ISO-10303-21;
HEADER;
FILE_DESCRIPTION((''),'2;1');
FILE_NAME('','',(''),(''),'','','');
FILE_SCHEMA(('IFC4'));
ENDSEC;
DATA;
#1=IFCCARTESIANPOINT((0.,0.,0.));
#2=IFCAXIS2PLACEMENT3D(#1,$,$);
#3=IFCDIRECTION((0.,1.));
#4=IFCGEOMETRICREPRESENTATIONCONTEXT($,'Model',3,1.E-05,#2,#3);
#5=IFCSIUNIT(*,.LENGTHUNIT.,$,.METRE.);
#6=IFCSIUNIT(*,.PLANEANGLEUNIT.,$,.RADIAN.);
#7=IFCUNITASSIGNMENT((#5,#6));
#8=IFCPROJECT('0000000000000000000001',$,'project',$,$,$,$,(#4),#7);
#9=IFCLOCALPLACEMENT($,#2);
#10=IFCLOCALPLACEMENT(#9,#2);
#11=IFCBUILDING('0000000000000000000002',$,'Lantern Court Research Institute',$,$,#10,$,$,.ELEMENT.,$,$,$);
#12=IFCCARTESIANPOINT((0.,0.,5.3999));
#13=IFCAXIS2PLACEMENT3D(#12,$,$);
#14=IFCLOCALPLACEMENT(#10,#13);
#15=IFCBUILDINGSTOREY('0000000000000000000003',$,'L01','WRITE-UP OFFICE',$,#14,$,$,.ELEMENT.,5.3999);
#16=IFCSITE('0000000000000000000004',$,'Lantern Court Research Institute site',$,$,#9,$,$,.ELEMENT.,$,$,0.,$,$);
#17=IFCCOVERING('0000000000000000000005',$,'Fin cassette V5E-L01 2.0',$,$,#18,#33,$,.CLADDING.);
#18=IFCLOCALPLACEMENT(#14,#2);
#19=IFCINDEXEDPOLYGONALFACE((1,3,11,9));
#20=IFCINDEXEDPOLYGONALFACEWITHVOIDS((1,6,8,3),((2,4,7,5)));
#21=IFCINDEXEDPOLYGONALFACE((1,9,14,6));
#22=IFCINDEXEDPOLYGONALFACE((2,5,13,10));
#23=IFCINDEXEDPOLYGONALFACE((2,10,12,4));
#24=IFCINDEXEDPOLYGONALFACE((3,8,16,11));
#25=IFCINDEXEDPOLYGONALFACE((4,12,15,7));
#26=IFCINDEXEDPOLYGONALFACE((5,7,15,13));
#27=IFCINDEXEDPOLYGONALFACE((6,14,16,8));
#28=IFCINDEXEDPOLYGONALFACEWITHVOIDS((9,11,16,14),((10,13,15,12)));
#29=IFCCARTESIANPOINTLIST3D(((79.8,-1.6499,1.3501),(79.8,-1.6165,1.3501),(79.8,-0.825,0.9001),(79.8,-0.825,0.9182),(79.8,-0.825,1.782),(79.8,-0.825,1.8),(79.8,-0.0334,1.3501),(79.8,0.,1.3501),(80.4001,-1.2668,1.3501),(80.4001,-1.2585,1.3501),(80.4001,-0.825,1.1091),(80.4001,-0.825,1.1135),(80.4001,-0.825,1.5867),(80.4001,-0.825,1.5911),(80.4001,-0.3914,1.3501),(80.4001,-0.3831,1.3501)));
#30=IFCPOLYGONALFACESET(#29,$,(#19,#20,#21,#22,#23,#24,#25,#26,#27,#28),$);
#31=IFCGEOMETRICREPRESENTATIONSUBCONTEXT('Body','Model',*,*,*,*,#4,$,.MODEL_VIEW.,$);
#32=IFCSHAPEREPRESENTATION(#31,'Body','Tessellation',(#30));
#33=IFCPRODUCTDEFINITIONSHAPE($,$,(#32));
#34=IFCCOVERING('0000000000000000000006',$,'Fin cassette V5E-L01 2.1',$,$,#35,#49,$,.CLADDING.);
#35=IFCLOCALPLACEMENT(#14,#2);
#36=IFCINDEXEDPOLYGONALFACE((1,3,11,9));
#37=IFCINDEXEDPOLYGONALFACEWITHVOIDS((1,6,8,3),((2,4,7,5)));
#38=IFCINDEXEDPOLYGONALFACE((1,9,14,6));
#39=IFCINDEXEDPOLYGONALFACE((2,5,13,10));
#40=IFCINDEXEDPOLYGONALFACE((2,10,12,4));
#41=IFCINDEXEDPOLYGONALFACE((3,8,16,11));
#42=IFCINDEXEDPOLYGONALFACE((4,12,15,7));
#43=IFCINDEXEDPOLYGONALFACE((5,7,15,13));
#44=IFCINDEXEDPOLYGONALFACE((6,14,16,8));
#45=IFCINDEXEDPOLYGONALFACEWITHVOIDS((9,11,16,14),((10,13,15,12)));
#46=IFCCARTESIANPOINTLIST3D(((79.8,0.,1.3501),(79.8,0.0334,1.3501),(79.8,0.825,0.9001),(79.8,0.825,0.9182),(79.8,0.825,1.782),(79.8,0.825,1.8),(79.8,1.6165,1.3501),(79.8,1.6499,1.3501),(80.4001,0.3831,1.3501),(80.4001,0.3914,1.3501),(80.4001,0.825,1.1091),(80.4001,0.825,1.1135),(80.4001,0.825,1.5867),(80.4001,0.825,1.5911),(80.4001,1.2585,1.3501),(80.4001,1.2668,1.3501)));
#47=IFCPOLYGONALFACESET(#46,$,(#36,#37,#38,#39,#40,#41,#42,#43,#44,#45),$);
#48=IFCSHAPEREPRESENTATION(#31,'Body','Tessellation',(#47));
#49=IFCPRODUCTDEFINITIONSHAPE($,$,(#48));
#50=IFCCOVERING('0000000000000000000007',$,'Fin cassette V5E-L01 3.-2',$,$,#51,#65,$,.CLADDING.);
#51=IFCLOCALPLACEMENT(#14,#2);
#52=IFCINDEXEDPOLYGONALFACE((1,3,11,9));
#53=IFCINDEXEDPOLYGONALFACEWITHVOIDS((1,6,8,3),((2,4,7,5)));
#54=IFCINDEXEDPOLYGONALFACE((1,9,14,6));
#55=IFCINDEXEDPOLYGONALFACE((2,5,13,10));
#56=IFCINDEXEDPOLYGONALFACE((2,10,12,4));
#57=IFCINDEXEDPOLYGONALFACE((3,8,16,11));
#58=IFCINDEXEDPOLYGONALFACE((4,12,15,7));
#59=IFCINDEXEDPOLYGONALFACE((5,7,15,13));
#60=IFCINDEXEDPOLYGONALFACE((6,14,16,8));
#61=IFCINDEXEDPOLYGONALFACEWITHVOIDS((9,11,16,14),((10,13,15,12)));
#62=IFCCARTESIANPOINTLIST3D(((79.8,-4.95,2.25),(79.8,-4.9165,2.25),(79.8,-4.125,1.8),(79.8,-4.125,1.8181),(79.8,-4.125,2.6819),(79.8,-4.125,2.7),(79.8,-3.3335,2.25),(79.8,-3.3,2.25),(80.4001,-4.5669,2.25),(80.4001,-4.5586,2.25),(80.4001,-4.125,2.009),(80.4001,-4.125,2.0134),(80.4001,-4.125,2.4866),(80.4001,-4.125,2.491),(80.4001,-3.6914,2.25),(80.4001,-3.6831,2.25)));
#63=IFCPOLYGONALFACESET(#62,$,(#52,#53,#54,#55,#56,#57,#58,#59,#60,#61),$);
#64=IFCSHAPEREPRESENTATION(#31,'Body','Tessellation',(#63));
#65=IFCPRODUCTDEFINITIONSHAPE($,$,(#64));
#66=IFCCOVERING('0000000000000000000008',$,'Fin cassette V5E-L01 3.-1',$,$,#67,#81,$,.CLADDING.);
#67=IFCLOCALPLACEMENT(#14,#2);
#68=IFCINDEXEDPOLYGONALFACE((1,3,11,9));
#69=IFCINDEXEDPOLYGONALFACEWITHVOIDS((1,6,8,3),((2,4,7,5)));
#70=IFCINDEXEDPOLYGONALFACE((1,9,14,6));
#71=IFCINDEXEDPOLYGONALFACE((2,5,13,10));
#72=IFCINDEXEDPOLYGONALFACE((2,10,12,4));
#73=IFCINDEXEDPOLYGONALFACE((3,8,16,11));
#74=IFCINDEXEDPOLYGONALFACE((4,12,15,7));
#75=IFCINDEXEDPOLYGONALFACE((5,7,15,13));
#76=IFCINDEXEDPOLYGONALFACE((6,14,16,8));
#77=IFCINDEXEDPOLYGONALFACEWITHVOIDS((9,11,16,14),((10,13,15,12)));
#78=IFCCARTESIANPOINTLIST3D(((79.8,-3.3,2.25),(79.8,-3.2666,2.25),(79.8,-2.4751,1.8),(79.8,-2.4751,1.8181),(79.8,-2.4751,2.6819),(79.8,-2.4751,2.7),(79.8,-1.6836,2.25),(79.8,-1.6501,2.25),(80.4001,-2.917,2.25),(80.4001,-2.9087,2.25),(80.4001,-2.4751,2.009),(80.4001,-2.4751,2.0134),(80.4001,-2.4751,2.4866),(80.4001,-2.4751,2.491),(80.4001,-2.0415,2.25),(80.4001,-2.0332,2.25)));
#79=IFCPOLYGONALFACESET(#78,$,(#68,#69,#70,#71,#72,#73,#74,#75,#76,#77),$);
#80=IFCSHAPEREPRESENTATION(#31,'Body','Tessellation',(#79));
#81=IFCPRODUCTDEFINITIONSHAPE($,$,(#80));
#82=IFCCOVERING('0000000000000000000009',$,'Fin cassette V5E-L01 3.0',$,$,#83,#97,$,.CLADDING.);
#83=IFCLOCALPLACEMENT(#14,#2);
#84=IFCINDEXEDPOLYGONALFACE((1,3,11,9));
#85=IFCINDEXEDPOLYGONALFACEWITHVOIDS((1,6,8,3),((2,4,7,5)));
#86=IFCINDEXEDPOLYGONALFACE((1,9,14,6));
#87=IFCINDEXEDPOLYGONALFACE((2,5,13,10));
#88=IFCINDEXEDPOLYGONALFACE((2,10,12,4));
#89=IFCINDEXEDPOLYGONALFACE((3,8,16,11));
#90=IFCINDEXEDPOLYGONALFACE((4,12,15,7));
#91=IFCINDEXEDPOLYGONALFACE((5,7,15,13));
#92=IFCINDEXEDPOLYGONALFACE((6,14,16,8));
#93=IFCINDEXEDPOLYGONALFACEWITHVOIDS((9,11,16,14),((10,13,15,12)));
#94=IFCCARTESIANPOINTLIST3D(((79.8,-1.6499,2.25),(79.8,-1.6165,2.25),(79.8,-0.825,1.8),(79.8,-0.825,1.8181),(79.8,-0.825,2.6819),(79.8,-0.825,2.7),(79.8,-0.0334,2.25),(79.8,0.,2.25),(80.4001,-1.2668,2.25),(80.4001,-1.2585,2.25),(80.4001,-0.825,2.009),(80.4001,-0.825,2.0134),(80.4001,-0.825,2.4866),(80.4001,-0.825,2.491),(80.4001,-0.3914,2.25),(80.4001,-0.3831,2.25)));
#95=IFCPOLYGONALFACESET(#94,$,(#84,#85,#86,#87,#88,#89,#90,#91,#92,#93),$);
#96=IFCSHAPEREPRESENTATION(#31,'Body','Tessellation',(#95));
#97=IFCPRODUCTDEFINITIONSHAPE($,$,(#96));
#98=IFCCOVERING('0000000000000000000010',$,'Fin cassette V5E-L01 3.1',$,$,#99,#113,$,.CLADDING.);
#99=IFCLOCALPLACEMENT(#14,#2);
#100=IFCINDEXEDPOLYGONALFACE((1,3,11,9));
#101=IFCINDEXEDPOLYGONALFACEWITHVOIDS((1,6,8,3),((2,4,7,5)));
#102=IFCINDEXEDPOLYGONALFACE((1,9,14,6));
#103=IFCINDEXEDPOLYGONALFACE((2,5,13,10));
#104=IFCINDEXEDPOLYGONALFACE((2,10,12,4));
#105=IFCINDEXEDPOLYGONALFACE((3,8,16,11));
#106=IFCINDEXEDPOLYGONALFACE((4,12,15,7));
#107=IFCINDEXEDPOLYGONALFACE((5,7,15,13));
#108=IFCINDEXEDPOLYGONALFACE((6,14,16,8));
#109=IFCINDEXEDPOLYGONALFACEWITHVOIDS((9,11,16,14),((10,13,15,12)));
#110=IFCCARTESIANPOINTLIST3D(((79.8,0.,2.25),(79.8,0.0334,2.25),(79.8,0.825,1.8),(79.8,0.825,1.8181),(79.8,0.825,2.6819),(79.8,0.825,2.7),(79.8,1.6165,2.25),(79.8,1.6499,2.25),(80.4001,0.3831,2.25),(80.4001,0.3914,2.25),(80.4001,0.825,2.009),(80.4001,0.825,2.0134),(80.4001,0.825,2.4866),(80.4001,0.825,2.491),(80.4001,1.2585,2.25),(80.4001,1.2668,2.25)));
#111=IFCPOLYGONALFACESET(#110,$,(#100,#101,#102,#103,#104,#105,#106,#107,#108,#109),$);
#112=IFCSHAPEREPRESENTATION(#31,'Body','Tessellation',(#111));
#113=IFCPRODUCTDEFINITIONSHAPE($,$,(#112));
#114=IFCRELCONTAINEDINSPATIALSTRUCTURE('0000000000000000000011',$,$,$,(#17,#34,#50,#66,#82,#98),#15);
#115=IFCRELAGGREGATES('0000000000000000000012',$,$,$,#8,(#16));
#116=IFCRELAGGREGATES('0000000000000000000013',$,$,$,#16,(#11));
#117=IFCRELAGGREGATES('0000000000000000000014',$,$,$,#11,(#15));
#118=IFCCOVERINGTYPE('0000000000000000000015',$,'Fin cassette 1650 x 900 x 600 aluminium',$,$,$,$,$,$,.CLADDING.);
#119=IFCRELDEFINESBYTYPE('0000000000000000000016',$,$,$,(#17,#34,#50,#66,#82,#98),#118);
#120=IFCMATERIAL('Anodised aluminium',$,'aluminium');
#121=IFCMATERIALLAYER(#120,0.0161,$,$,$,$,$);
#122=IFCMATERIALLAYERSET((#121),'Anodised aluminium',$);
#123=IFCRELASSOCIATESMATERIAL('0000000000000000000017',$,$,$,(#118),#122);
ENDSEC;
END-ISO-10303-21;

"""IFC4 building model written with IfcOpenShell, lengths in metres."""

from ifc_helpers import new_model, entity, si_unit, direction, frame, origin, place, context, subcontext, project, spatial, material, layer, layer_set, type_object, element, save


model = new_model("IFC4")

# Units and contexts
model_context = context("Model", 3, precision=1e-05, world=origin(), true_north=direction((0.0, 1.0)))
body_context = subcontext(model_context, "Body", "Model", "MODEL_VIEW")
ifc_project = project(units=[si_unit("LENGTHUNIT", "METRE"), si_unit("PLANEANGLEUNIT", "RADIAN")], contexts=[model_context])

# Site, building, storey
site_placement = place(None, origin())
site = spatial("IfcSite", under=ifc_project, at=site_placement, Name="Lantern Court Research Institute site", CompositionType="ELEMENT", RefElevation=0.0)
building_placement = place(site_placement, origin())
building = spatial("IfcBuilding", under=site, at=building_placement, Name="Lantern Court Research Institute", CompositionType="ELEMENT")
storey_placement = place(building_placement, frame((0.0, 0.0, 5.3999)))
storey = spatial("IfcBuildingStorey", under=building, at=storey_placement, Name="L01", Description="WRITE-UP OFFICE", CompositionType="ELEMENT", Elevation=5.3999)

# Coverings
ifc_material_1 = material(Name="Anodised aluminium", Category="aluminium")
ifc_layer_1 = layer(ifc_material_1, 0.0161)
ifc_layer_set_1 = layer_set([ifc_layer_1], Name="Anodised aluminium")
covering_type = type_object("IfcCoveringType", Name="Fin cassette 1650 x 900 x 600 aluminium", PredefinedType="CLADDING", material=ifc_layer_set_1)
covering_1_placement = place(storey_placement, frame((79.8, -0.825, 1.3501), z_axis=(1.0, 0.0, 0.0), x_axis=(0.0, 1.0, 0.0)))
cartesian_point_1 = entity("IfcCartesianPoint", [0.825, 0.0])
cartesian_point_2 = entity("IfcCartesianPoint", [0.7915, 0.0])
cartesian_point_3 = entity("IfcCartesianPoint", [0.4419, 0.0])
cartesian_point_4 = entity("IfcCartesianPoint", [0.4336, 0.0])
element("IfcCovering", 1, at=covering_1_placement, inside=storey, type_object=covering_type, Name="Fin cassette V5E-L01 2.0", PredefinedType="CLADDING", context=body_context, shape_type="SweptSolid", body=[
    entity("IfcExtrudedAreaSolidTapered", entity("IfcArbitraryProfileDefWithVoids", "AREA", None, entity("IfcPolyline", [cartesian_point_1, entity("IfcCartesianPoint", [0.0, 0.45]), entity("IfcCartesianPoint", [-0.825, 0.0]), entity("IfcCartesianPoint", [0.0, -0.45]), cartesian_point_1]), [entity("IfcPolyline", [cartesian_point_2, entity("IfcCartesianPoint", [0.0, 0.4319]), entity("IfcCartesianPoint", [-0.7915, 0.0]), entity("IfcCartesianPoint", [0.0, -0.4319]), cartesian_point_2])]), entity("IfcAxis2Placement3D", entity("IfcCartesianPoint", [0.0, 0.0, 0.0])), entity("IfcDirection", [0.0, 0.0, 1.0]), 0.6001, entity("IfcArbitraryProfileDefWithVoids", "AREA", None, entity("IfcPolyline", [cartesian_point_3, entity("IfcCartesianPoint", [0.0, 0.241]), entity("IfcCartesianPoint", [-0.4419, 0.0]), entity("IfcCartesianPoint", [0.0, -0.241]), cartesian_point_3]), [entity("IfcPolyline", [cartesian_point_4, entity("IfcCartesianPoint", [0.0, 0.2366]), entity("IfcCartesianPoint", [-0.4336, 0.0]), entity("IfcCartesianPoint", [0.0, -0.2366]), cartesian_point_4])])),
])
covering_2_placement = place(storey_placement, frame((79.8, 0.825, 1.3501), z_axis=(1.0, 0.0, 0.0), x_axis=(0.0, 1.0, 0.0)))
cartesian_point_5 = entity("IfcCartesianPoint", [0.825, 0.0])
cartesian_point_6 = entity("IfcCartesianPoint", [0.7915, 0.0])
cartesian_point_7 = entity("IfcCartesianPoint", [0.4419, 0.0])
cartesian_point_8 = entity("IfcCartesianPoint", [0.4336, 0.0])
element("IfcCovering", 2, at=covering_2_placement, inside=storey, type_object=covering_type, Name="Fin cassette V5E-L01 2.1", PredefinedType="CLADDING", context=body_context, shape_type="SweptSolid", body=[
    entity("IfcExtrudedAreaSolidTapered", entity("IfcArbitraryProfileDefWithVoids", "AREA", None, entity("IfcPolyline", [cartesian_point_5, entity("IfcCartesianPoint", [0.0, 0.45]), entity("IfcCartesianPoint", [-0.825, 0.0]), entity("IfcCartesianPoint", [0.0, -0.45]), cartesian_point_5]), [entity("IfcPolyline", [cartesian_point_6, entity("IfcCartesianPoint", [0.0, 0.4319]), entity("IfcCartesianPoint", [-0.7915, 0.0]), entity("IfcCartesianPoint", [0.0, -0.4319]), cartesian_point_6])]), entity("IfcAxis2Placement3D", entity("IfcCartesianPoint", [0.0, 0.0, 0.0])), entity("IfcDirection", [0.0, 0.0, 1.0]), 0.6001, entity("IfcArbitraryProfileDefWithVoids", "AREA", None, entity("IfcPolyline", [cartesian_point_7, entity("IfcCartesianPoint", [0.0, 0.241]), entity("IfcCartesianPoint", [-0.4419, 0.0]), entity("IfcCartesianPoint", [0.0, -0.241]), cartesian_point_7]), [entity("IfcPolyline", [cartesian_point_8, entity("IfcCartesianPoint", [0.0, 0.2366]), entity("IfcCartesianPoint", [-0.4336, 0.0]), entity("IfcCartesianPoint", [0.0, -0.2366]), cartesian_point_8])])),
])
covering_3_placement = place(storey_placement, frame((79.8, -4.125, 2.25), z_axis=(1.0, 0.0, 0.0), x_axis=(0.0, 1.0, 0.0)))
cartesian_point_9 = entity("IfcCartesianPoint", [0.825, 0.0])
cartesian_point_10 = entity("IfcCartesianPoint", [0.7915, 0.0])
cartesian_point_11 = entity("IfcCartesianPoint", [0.4419, 0.0])
cartesian_point_12 = entity("IfcCartesianPoint", [0.4336, 0.0])
element("IfcCovering", 3, at=covering_3_placement, inside=storey, type_object=covering_type, Name="Fin cassette V5E-L01 3.-2", PredefinedType="CLADDING", context=body_context, shape_type="SweptSolid", body=[
    entity("IfcExtrudedAreaSolidTapered", entity("IfcArbitraryProfileDefWithVoids", "AREA", None, entity("IfcPolyline", [cartesian_point_9, entity("IfcCartesianPoint", [0.0, 0.45]), entity("IfcCartesianPoint", [-0.825, 0.0]), entity("IfcCartesianPoint", [0.0, -0.45]), cartesian_point_9]), [entity("IfcPolyline", [cartesian_point_10, entity("IfcCartesianPoint", [0.0, 0.4319]), entity("IfcCartesianPoint", [-0.7915, 0.0]), entity("IfcCartesianPoint", [0.0, -0.4319]), cartesian_point_10])]), entity("IfcAxis2Placement3D", entity("IfcCartesianPoint", [0.0, 0.0, 0.0])), entity("IfcDirection", [0.0, 0.0, 1.0]), 0.6001, entity("IfcArbitraryProfileDefWithVoids", "AREA", None, entity("IfcPolyline", [cartesian_point_11, entity("IfcCartesianPoint", [0.0, 0.241]), entity("IfcCartesianPoint", [-0.4419, 0.0]), entity("IfcCartesianPoint", [0.0, -0.241]), cartesian_point_11]), [entity("IfcPolyline", [cartesian_point_12, entity("IfcCartesianPoint", [0.0, 0.2366]), entity("IfcCartesianPoint", [-0.4336, 0.0]), entity("IfcCartesianPoint", [0.0, -0.2366]), cartesian_point_12])])),
])
covering_4_placement = place(storey_placement, frame((79.8, -2.4751, 2.25), z_axis=(1.0, 0.0, 0.0), x_axis=(0.0, 1.0, 0.0)))
cartesian_point_13 = entity("IfcCartesianPoint", [0.825, 0.0])
cartesian_point_14 = entity("IfcCartesianPoint", [0.7915, 0.0])
cartesian_point_15 = entity("IfcCartesianPoint", [0.4419, 0.0])
cartesian_point_16 = entity("IfcCartesianPoint", [0.4336, 0.0])
element("IfcCovering", 4, at=covering_4_placement, inside=storey, type_object=covering_type, Name="Fin cassette V5E-L01 3.-1", PredefinedType="CLADDING", context=body_context, shape_type="SweptSolid", body=[
    entity("IfcExtrudedAreaSolidTapered", entity("IfcArbitraryProfileDefWithVoids", "AREA", None, entity("IfcPolyline", [cartesian_point_13, entity("IfcCartesianPoint", [0.0, 0.45]), entity("IfcCartesianPoint", [-0.825, 0.0]), entity("IfcCartesianPoint", [0.0, -0.45]), cartesian_point_13]), [entity("IfcPolyline", [cartesian_point_14, entity("IfcCartesianPoint", [0.0, 0.4319]), entity("IfcCartesianPoint", [-0.7915, 0.0]), entity("IfcCartesianPoint", [0.0, -0.4319]), cartesian_point_14])]), entity("IfcAxis2Placement3D", entity("IfcCartesianPoint", [0.0, 0.0, 0.0])), entity("IfcDirection", [0.0, 0.0, 1.0]), 0.6001, entity("IfcArbitraryProfileDefWithVoids", "AREA", None, entity("IfcPolyline", [cartesian_point_15, entity("IfcCartesianPoint", [0.0, 0.241]), entity("IfcCartesianPoint", [-0.4419, 0.0]), entity("IfcCartesianPoint", [0.0, -0.241]), cartesian_point_15]), [entity("IfcPolyline", [cartesian_point_16, entity("IfcCartesianPoint", [0.0, 0.2366]), entity("IfcCartesianPoint", [-0.4336, 0.0]), entity("IfcCartesianPoint", [0.0, -0.2366]), cartesian_point_16])])),
])
covering_5_placement = place(storey_placement, frame((79.8, -0.825, 2.25), z_axis=(1.0, 0.0, 0.0), x_axis=(0.0, 1.0, 0.0)))
cartesian_point_17 = entity("IfcCartesianPoint", [0.825, 0.0])
cartesian_point_18 = entity("IfcCartesianPoint", [0.7915, 0.0])
cartesian_point_19 = entity("IfcCartesianPoint", [0.4419, 0.0])
cartesian_point_20 = entity("IfcCartesianPoint", [0.4336, 0.0])
element("IfcCovering", 5, at=covering_5_placement, inside=storey, type_object=covering_type, Name="Fin cassette V5E-L01 3.0", PredefinedType="CLADDING", context=body_context, shape_type="SweptSolid", body=[
    entity("IfcExtrudedAreaSolidTapered", entity("IfcArbitraryProfileDefWithVoids", "AREA", None, entity("IfcPolyline", [cartesian_point_17, entity("IfcCartesianPoint", [0.0, 0.45]), entity("IfcCartesianPoint", [-0.825, 0.0]), entity("IfcCartesianPoint", [0.0, -0.45]), cartesian_point_17]), [entity("IfcPolyline", [cartesian_point_18, entity("IfcCartesianPoint", [0.0, 0.4319]), entity("IfcCartesianPoint", [-0.7915, 0.0]), entity("IfcCartesianPoint", [0.0, -0.4319]), cartesian_point_18])]), entity("IfcAxis2Placement3D", entity("IfcCartesianPoint", [0.0, 0.0, 0.0])), entity("IfcDirection", [0.0, 0.0, 1.0]), 0.6001, entity("IfcArbitraryProfileDefWithVoids", "AREA", None, entity("IfcPolyline", [cartesian_point_19, entity("IfcCartesianPoint", [0.0, 0.241]), entity("IfcCartesianPoint", [-0.4419, 0.0]), entity("IfcCartesianPoint", [0.0, -0.241]), cartesian_point_19]), [entity("IfcPolyline", [cartesian_point_20, entity("IfcCartesianPoint", [0.0, 0.2366]), entity("IfcCartesianPoint", [-0.4336, 0.0]), entity("IfcCartesianPoint", [0.0, -0.2366]), cartesian_point_20])])),
])
covering_6_placement = place(storey_placement, frame((79.8, 0.825, 2.25), z_axis=(1.0, 0.0, 0.0), x_axis=(0.0, 1.0, 0.0)))
cartesian_point_21 = entity("IfcCartesianPoint", [0.825, 0.0])
cartesian_point_22 = entity("IfcCartesianPoint", [0.7915, 0.0])
cartesian_point_23 = entity("IfcCartesianPoint", [0.4419, 0.0])
cartesian_point_24 = entity("IfcCartesianPoint", [0.4336, 0.0])
element("IfcCovering", 6, at=covering_6_placement, inside=storey, type_object=covering_type, Name="Fin cassette V5E-L01 3.1", PredefinedType="CLADDING", context=body_context, shape_type="SweptSolid", body=[
    entity("IfcExtrudedAreaSolidTapered", entity("IfcArbitraryProfileDefWithVoids", "AREA", None, entity("IfcPolyline", [cartesian_point_21, entity("IfcCartesianPoint", [0.0, 0.45]), entity("IfcCartesianPoint", [-0.825, 0.0]), entity("IfcCartesianPoint", [0.0, -0.45]), cartesian_point_21]), [entity("IfcPolyline", [cartesian_point_22, entity("IfcCartesianPoint", [0.0, 0.4319]), entity("IfcCartesianPoint", [-0.7915, 0.0]), entity("IfcCartesianPoint", [0.0, -0.4319]), cartesian_point_22])]), entity("IfcAxis2Placement3D", entity("IfcCartesianPoint", [0.0, 0.0, 0.0])), entity("IfcDirection", [0.0, 0.0, 1.0]), 0.6001, entity("IfcArbitraryProfileDefWithVoids", "AREA", None, entity("IfcPolyline", [cartesian_point_23, entity("IfcCartesianPoint", [0.0, 0.241]), entity("IfcCartesianPoint", [-0.4419, 0.0]), entity("IfcCartesianPoint", [0.0, -0.241]), cartesian_point_23]), [entity("IfcPolyline", [cartesian_point_24, entity("IfcCartesianPoint", [0.0, 0.2366]), entity("IfcCartesianPoint", [-0.4336, 0.0]), entity("IfcCartesianPoint", [0.0, -0.2366]), cartesian_point_24])])),
])

save(model, "model.ifc")
